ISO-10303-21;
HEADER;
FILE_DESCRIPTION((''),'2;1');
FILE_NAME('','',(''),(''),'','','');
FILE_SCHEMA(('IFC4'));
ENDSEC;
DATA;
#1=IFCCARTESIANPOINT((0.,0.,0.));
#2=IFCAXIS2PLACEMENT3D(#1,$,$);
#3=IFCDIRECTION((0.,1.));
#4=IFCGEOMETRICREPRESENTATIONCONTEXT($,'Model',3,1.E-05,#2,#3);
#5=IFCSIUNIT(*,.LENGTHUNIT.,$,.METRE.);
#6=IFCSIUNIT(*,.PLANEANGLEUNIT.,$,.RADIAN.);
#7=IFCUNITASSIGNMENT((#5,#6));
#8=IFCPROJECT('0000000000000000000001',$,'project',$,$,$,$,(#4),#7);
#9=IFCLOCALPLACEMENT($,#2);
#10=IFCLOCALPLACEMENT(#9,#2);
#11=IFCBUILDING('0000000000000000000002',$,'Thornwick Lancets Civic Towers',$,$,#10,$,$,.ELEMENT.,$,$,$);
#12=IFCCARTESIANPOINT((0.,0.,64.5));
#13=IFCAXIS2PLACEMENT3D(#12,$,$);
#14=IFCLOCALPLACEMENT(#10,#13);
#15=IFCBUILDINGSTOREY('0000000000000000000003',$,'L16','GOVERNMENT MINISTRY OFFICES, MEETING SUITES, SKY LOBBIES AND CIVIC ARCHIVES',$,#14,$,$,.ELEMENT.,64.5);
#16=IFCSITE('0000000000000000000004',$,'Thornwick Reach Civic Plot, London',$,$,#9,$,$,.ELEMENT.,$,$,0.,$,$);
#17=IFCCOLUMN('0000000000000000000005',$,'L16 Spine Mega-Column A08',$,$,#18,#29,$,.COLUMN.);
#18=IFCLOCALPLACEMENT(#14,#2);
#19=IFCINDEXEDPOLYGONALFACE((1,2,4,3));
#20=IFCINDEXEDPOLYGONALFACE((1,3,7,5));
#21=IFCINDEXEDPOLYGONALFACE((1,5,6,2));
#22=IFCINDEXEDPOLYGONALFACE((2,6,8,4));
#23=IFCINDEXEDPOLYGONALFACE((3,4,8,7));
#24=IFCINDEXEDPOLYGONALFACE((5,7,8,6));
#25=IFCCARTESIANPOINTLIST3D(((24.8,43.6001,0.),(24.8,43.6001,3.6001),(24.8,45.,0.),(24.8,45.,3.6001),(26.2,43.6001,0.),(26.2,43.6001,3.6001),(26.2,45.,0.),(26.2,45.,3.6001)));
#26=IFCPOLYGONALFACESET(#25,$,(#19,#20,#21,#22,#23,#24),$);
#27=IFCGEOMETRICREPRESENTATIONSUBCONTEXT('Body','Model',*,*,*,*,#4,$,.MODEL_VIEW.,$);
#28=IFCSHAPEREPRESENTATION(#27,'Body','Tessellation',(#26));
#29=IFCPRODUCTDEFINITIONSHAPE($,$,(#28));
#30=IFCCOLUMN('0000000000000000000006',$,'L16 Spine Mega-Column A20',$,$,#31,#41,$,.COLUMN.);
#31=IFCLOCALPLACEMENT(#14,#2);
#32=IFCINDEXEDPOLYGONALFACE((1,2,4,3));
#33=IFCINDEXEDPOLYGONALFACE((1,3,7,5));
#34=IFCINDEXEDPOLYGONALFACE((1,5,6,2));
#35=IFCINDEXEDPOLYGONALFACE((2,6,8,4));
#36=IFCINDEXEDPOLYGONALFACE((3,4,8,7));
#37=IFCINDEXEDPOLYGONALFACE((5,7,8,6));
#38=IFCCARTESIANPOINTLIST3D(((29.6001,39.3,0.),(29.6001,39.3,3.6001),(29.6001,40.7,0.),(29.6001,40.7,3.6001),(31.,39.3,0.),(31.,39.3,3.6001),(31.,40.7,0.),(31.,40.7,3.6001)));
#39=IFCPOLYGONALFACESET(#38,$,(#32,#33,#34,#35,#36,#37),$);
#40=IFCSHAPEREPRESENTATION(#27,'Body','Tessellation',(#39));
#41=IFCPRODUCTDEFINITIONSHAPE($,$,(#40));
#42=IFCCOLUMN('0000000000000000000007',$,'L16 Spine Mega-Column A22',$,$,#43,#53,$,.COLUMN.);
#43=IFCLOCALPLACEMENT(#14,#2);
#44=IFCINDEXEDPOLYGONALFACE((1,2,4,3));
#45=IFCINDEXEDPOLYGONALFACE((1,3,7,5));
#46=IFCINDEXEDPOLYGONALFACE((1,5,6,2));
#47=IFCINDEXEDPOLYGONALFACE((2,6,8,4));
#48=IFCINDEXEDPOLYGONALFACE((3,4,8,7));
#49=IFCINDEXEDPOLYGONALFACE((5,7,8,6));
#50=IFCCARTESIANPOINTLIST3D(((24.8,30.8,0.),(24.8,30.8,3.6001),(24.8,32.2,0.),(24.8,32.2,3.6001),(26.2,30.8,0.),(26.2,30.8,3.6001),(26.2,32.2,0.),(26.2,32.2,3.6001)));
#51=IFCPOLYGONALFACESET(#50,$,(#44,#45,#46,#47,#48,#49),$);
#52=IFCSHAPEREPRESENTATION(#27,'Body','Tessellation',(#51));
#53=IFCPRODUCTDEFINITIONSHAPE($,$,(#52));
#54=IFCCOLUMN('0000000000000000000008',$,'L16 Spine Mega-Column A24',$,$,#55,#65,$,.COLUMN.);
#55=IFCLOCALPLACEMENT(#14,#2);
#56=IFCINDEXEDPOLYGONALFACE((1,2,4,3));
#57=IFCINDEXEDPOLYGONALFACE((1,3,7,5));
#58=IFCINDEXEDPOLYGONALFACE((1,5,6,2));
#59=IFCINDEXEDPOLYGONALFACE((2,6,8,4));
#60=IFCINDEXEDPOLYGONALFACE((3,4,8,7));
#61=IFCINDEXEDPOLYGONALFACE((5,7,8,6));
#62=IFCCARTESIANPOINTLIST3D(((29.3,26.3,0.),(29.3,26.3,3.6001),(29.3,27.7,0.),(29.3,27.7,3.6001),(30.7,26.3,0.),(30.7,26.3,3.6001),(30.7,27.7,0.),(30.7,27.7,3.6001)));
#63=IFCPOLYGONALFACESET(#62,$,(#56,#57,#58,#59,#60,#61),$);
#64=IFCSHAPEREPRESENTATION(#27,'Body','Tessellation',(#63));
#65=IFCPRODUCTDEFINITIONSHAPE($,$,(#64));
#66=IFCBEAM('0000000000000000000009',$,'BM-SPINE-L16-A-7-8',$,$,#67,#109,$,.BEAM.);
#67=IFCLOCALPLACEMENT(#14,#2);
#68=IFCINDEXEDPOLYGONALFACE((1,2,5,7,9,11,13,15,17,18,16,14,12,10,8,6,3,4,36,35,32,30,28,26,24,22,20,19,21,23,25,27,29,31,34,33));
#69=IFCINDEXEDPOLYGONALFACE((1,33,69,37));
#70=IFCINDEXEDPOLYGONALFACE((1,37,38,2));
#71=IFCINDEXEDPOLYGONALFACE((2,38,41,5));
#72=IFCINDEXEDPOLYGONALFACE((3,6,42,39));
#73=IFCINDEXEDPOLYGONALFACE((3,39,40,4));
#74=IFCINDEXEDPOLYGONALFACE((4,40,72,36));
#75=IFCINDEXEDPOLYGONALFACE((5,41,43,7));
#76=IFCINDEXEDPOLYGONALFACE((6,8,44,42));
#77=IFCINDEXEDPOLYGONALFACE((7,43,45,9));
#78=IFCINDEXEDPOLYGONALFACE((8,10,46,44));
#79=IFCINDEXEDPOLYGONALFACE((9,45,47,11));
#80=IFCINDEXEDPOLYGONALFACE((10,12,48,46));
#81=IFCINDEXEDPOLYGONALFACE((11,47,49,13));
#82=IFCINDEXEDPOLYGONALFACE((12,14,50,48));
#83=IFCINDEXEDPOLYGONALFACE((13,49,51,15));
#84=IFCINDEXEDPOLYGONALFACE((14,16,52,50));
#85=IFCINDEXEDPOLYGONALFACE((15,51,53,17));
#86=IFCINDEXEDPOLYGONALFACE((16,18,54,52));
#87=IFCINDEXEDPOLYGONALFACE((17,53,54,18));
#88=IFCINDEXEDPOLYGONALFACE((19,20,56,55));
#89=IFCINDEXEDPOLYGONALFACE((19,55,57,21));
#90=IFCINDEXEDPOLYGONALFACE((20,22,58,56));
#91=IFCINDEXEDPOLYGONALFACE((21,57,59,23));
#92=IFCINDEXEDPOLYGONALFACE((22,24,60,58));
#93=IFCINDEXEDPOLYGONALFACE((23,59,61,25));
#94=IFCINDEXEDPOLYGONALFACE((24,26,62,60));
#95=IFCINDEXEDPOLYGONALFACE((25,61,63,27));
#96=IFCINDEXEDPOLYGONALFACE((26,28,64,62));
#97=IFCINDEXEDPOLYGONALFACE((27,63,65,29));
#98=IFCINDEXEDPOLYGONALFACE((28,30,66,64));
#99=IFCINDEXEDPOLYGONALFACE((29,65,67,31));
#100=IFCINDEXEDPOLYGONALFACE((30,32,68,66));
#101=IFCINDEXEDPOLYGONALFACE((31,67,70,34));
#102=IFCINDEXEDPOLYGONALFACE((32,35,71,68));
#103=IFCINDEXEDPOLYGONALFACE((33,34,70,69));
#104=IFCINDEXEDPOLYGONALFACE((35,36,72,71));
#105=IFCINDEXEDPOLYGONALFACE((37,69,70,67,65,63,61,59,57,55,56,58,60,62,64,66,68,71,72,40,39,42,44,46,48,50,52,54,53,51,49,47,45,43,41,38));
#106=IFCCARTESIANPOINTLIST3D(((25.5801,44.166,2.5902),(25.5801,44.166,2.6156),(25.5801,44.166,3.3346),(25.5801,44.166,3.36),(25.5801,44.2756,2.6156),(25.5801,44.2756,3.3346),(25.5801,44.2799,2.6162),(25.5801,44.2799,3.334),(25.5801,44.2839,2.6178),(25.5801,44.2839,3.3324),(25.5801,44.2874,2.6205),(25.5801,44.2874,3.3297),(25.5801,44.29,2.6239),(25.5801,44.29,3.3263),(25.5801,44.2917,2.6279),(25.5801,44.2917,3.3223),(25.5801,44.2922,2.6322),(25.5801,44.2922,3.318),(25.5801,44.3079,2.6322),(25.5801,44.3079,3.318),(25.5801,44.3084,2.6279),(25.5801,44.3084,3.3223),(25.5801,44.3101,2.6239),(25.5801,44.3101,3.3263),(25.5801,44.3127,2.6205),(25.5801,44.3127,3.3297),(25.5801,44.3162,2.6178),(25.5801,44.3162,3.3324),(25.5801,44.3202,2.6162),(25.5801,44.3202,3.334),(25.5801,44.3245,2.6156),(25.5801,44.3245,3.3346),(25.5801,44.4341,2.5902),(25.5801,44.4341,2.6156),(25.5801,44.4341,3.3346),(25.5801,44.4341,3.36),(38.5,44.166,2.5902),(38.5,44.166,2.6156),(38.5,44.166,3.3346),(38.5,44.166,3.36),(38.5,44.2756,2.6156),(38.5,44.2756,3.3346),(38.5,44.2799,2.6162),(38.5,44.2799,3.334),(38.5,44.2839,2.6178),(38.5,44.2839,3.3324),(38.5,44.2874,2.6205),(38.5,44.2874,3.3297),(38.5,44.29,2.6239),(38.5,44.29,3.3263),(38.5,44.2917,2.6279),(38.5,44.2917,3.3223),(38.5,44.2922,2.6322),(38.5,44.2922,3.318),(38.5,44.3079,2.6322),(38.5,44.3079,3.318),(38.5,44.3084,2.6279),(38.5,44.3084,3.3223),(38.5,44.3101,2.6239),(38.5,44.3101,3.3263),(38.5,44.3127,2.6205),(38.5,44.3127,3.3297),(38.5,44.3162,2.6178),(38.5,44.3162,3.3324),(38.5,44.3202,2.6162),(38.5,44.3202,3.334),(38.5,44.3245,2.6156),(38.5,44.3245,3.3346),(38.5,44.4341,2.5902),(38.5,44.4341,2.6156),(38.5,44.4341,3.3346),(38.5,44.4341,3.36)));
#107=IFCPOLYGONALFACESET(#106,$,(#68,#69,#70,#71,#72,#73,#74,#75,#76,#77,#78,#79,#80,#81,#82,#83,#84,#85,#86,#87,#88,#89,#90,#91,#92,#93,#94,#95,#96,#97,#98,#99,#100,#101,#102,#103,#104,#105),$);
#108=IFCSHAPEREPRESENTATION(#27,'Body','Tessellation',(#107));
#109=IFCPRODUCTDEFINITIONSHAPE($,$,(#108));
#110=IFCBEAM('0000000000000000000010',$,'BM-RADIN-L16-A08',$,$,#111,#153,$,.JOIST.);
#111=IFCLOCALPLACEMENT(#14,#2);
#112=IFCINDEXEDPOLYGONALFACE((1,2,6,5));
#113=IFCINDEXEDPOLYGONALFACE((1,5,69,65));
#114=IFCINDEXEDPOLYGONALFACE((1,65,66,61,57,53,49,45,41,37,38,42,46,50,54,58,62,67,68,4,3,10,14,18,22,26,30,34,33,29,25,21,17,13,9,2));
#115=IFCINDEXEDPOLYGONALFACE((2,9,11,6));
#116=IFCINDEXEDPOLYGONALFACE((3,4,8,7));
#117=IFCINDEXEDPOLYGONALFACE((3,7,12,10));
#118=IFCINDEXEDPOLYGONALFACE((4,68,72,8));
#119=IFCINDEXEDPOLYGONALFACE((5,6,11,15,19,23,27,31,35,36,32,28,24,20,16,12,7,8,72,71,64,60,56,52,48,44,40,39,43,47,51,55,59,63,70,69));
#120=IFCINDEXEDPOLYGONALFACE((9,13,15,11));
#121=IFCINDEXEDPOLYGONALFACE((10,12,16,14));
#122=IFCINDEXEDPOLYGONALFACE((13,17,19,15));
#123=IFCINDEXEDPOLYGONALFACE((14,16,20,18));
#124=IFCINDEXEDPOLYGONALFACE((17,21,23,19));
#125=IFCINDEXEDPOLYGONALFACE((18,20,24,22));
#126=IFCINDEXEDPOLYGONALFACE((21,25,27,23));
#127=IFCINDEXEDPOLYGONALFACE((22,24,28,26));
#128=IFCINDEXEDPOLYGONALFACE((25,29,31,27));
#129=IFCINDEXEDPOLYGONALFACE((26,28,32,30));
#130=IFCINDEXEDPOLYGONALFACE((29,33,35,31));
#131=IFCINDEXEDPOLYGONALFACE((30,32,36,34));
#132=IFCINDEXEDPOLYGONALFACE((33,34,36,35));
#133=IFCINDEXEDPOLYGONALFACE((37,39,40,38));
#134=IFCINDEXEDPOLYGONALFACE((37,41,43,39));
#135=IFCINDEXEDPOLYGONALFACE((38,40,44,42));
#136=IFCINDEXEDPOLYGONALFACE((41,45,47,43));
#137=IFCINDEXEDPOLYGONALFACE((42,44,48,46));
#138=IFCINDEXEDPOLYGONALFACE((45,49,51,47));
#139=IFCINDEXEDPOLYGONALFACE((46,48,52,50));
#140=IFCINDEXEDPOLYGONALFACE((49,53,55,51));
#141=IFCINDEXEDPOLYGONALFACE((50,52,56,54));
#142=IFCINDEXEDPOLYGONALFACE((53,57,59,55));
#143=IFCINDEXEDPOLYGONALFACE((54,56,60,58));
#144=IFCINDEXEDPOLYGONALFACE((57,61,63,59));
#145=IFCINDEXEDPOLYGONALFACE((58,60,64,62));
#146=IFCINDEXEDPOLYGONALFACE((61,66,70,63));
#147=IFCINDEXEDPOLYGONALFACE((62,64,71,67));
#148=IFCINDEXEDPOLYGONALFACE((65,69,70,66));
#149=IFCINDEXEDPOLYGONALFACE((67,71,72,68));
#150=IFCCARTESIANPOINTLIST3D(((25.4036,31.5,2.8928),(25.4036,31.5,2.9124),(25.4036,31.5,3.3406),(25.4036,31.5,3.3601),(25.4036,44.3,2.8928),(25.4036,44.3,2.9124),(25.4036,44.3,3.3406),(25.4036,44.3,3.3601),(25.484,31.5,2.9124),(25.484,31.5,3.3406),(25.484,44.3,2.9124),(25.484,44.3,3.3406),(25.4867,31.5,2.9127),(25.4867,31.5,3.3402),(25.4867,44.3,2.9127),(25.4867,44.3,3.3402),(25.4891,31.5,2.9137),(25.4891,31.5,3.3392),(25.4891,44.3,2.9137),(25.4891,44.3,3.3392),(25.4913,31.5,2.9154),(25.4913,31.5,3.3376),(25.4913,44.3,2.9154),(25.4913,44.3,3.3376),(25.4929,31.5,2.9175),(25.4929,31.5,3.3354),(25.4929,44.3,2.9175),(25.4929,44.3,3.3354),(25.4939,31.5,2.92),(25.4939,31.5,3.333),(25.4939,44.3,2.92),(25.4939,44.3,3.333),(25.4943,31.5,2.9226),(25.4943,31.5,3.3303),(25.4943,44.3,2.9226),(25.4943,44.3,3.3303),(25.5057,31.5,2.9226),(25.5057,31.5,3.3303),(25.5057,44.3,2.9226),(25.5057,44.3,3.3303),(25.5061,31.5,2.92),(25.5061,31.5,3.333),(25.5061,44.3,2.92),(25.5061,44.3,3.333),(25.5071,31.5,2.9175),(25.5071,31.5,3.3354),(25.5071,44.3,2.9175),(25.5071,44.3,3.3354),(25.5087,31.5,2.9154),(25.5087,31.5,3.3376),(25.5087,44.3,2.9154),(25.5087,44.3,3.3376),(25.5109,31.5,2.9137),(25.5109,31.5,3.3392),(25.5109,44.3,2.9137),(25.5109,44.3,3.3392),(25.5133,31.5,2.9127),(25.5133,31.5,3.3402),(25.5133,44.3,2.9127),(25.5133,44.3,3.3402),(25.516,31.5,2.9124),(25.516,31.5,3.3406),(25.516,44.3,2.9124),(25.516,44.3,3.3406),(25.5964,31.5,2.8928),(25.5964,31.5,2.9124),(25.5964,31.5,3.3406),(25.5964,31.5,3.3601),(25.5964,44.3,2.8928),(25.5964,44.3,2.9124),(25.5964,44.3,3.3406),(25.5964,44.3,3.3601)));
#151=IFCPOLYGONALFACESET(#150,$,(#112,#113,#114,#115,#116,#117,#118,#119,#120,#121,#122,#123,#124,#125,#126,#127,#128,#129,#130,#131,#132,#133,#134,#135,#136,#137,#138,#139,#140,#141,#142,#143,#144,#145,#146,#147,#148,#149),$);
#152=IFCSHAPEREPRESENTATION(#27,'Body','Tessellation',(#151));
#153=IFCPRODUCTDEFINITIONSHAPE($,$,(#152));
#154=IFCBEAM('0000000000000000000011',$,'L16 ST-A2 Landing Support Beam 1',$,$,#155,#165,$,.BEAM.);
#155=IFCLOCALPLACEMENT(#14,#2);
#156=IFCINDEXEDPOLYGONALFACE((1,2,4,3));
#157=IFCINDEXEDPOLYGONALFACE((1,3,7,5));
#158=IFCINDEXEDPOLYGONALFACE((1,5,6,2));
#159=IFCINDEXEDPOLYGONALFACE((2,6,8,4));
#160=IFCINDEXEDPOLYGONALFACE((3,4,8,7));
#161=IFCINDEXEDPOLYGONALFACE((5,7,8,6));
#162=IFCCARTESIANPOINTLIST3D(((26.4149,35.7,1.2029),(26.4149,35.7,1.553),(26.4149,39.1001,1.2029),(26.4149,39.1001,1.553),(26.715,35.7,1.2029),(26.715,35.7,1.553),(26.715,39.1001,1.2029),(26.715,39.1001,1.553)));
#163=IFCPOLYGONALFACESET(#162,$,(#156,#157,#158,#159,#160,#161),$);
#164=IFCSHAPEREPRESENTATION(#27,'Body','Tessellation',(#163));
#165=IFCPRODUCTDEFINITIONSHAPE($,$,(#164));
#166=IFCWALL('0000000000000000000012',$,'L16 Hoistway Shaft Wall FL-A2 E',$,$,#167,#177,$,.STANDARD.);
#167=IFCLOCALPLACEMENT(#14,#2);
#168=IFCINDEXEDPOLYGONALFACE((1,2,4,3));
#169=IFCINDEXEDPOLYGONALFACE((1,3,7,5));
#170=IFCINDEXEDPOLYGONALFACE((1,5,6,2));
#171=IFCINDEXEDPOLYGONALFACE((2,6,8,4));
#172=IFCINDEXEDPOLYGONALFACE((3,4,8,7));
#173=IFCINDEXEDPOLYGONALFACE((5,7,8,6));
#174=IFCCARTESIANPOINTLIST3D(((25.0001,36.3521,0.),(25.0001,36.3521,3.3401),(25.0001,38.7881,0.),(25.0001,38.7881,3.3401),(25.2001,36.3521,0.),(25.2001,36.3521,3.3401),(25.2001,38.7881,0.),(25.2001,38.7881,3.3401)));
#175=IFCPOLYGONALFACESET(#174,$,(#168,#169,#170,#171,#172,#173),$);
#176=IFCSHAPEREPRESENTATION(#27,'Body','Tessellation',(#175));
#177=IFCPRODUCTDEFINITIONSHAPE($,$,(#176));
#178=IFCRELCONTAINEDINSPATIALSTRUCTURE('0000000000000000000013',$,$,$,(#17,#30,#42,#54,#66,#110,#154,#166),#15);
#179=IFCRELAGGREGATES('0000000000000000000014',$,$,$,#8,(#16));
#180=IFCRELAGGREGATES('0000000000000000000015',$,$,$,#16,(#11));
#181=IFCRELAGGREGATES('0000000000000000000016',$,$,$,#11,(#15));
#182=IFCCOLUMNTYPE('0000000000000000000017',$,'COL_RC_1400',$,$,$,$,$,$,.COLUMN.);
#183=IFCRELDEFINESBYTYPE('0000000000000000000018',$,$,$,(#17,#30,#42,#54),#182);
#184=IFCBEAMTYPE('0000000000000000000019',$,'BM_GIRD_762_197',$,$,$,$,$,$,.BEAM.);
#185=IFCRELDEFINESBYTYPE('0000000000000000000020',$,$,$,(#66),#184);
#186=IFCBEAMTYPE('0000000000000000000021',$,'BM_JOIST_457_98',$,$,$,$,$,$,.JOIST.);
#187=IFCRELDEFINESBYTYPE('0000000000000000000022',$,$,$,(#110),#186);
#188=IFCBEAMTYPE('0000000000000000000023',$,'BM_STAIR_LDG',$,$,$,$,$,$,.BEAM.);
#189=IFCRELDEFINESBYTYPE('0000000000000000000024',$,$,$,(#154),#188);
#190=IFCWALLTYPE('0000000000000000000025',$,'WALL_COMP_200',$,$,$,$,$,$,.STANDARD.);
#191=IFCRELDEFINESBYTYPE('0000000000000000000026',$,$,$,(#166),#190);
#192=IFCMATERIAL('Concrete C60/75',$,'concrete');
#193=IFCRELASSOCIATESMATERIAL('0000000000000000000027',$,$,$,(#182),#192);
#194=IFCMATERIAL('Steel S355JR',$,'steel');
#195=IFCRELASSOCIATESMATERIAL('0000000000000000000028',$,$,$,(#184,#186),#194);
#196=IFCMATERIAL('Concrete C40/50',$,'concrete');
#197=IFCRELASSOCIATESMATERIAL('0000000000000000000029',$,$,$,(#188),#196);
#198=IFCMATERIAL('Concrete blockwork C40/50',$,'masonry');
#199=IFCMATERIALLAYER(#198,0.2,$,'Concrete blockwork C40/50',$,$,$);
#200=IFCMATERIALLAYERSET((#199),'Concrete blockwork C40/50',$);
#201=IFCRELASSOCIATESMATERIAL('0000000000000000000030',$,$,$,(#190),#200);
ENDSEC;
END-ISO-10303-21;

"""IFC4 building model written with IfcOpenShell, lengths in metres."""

from ifc_helpers import new_model, si_unit, direction, frame, frame_2d, origin, origin_2d, place, context, subcontext, project, spatial, rectangle, i_section, extrude, material, layer, layer_set, material_profile, profile_set, type_object, element, save


model = new_model("IFC4")

# Units and contexts
model_context = context("Model", 3, precision=1e-05, world=origin(), true_north=direction((0.0, 1.0)))
body_context = subcontext(model_context, "Body", "Model", "MODEL_VIEW")
ifc_project = project(units=[si_unit("LENGTHUNIT", "METRE"), si_unit("PLANEANGLEUNIT", "RADIAN")], contexts=[model_context])

# Site, building, storey
site_placement = place(None, origin())
site = spatial("IfcSite", under=ifc_project, at=site_placement, Name="Thornwick Reach Civic Plot, London", CompositionType="ELEMENT", RefElevation=0.0)
building_placement = place(site_placement, origin())
building = spatial("IfcBuilding", under=site, at=building_placement, Name="Thornwick Lancets Civic Towers", CompositionType="ELEMENT")
storey_placement = place(building_placement, frame((0.0, 0.0, 64.5)))
storey = spatial("IfcBuildingStorey", under=building, at=storey_placement, Name="L16", Description="GOVERNMENT MINISTRY OFFICES, MEETING SUITES, SKY LOBBIES AND CIVIC ARCHIVES", CompositionType="ELEMENT", Elevation=64.5)

# Columns
ifc_material_1 = material(Name="Concrete C60/75", Category="concrete")
ifc_material_profile_1 = material_profile(ifc_material_1, rectangle(XDim=1.3999, YDim=1.3999, at=origin_2d()), Name="RC 1400x1400")
ifc_profile_set_1 = profile_set([ifc_material_profile_1], Name="Concrete C60/75")
column_type = type_object("IfcColumnType", Name="COL_RC_1400", PredefinedType="COLUMN", material=ifc_profile_set_1)
for number, where, z_axis, x_axis, name in (
    (1, (25.5, 44.3, 0.0), (0.0, 0.0, 1.0), (1.0, 0.0, 0.0), "L16 Spine Mega-Column A08"),
    (2, (30.3, 40.0, 0.0), (0.0, 0.0, 1.0), (1.0, 0.0, 0.0), "L16 Spine Mega-Column A20"),
    (3, (25.5, 31.5, 0.0), (0.0, 0.0, 1.0), (1.0, 0.0, 0.0), "L16 Spine Mega-Column A22"),
    (4, (30.0, 27.0, 0.0), (0.0, 0.0, 1.0), (1.0, 0.0, 0.0), "L16 Spine Mega-Column A24"),
):
    element("IfcColumn", number, at=place(storey_placement, frame(where, z_axis=z_axis, x_axis=x_axis)), inside=storey, type_object=column_type, Name=name, PredefinedType="COLUMN", context=body_context, shape_type="SweptSolid", body=[
        extrude(rectangle(XDim=1.3999, YDim=1.3999, at=origin_2d()), origin(), (0.0, 0.0, 1.0), 3.6001),
    ])

# Beams
ifc_material_2 = material(Name="Steel S355JR", Category="steel")
ifc_material_profile_2 = material_profile(ifc_material_2, i_section(OverallWidth=0.2681, OverallDepth=0.7698, WebThickness=0.0156, FlangeThickness=0.0254, FilletRadius=0.0166, at=origin_2d()), Name="UKB 762x267x197")
ifc_profile_set_2 = profile_set([ifc_material_profile_2], Name="Steel S355JR")
beam_type_1 = type_object("IfcBeamType", Name="BM_GIRD_762_197", PredefinedType="BEAM", material=ifc_profile_set_2)
beam_1_placement = place(storey_placement, frame((25.5801, 44.3, 2.9751), z_axis=(1.0, 0.0, 0.0), x_axis=(0.0, 1.0, 0.0)))
element("IfcBeam", 5, at=beam_1_placement, inside=storey, type_object=beam_type_1, Name="BM-SPINE-L16-A-7-8", PredefinedType="BEAM", context=body_context, shape_type="SweptSolid", body=[
    extrude(i_section(OverallWidth=0.2681, OverallDepth=0.7698, WebThickness=0.0156, FlangeThickness=0.0254, FilletRadius=0.0166, at=origin_2d()), origin(), (0.0, 0.0, 1.0), 12.9199),
])
ifc_material_profile_3 = material_profile(ifc_material_2, i_section(OverallWidth=0.1929, OverallDepth=0.4673, WebThickness=0.0115, FlangeThickness=0.0195, FilletRadius=0.0103, at=origin_2d()), Name="UKB 457x191x98")
ifc_profile_set_3 = profile_set([ifc_material_profile_3], Name="Steel S355JR")
beam_type_2 = type_object("IfcBeamType", Name="BM_JOIST_457_98", PredefinedType="JOIST", material=ifc_profile_set_3)
beam_2_placement = place(storey_placement, frame((25.5, 31.5, 3.1265), z_axis=(0.0, 1.0, 0.0), x_axis=(-1.0, 0.0, 0.0)))
element("IfcBeam", 6, at=beam_2_placement, inside=storey, type_object=beam_type_2, Name="BM-RADIN-L16-A08", PredefinedType="JOIST", context=body_context, shape_type="SweptSolid", body=[
    extrude(i_section(OverallWidth=0.1929, OverallDepth=0.4673, WebThickness=0.0115, FlangeThickness=0.0195, FilletRadius=0.0103, at=origin_2d()), origin(), (0.0, 0.0, 1.0), 12.8),
])
ifc_material_3 = material(Name="Concrete C40/50", Category="concrete")
ifc_material_profile_4 = material_profile(ifc_material_3, rectangle(XDim=0.3, YDim=0.3501, at=origin_2d()), Name="RC 300x350")
ifc_profile_set_4 = profile_set([ifc_material_profile_4], Name="Concrete C40/50")
beam_type_3 = type_object("IfcBeamType", Name="BM_STAIR_LDG", PredefinedType="BEAM", material=ifc_profile_set_4)
beam_3_placement = place(storey_placement, frame((26.5649, 39.1001, 1.3779), z_axis=(0.0, -1.0, 0.0), x_axis=(1.0, 0.0, 0.0)))
element("IfcBeam", 7, at=beam_3_placement, inside=storey, type_object=beam_type_3, Name="L16 ST-A2 Landing Support Beam 1", PredefinedType="BEAM", context=body_context, shape_type="SweptSolid", body=[
    extrude(rectangle(XDim=0.3, YDim=0.3501, at=origin_2d()), origin(), (0.0, 0.0, 1.0), 3.4001),
])

# Wall
ifc_material_4 = material(Name="Concrete blockwork C40/50", Category="masonry")
ifc_layer_1 = layer(ifc_material_4, 0.2, Name="Concrete blockwork C40/50")
ifc_layer_set_1 = layer_set([ifc_layer_1], Name="Concrete blockwork C40/50")
wall_type_1 = type_object("IfcWallType", Name="WALL_COMP_200", PredefinedType="STANDARD", material=ifc_layer_set_1)
wall_1_placement = place(storey_placement, frame((25.1001, 36.3521, 0.0), z_axis=(0.0, 0.0, 1.0), x_axis=(0.0, 1.0, 0.0)))
element("IfcWall", 8, at=wall_1_placement, inside=storey, type_object=wall_type_1, Name="L16 Hoistway Shaft Wall FL-A2 E", PredefinedType="STANDARD", context=body_context, shape_type="SweptSolid", body=[
    extrude(rectangle(XDim=2.436, YDim=0.2, at=frame_2d((1.218, 0.0))), origin(), (0.0, 0.0, 1.0), 3.3401),
])

save(model, "model.ifc")
